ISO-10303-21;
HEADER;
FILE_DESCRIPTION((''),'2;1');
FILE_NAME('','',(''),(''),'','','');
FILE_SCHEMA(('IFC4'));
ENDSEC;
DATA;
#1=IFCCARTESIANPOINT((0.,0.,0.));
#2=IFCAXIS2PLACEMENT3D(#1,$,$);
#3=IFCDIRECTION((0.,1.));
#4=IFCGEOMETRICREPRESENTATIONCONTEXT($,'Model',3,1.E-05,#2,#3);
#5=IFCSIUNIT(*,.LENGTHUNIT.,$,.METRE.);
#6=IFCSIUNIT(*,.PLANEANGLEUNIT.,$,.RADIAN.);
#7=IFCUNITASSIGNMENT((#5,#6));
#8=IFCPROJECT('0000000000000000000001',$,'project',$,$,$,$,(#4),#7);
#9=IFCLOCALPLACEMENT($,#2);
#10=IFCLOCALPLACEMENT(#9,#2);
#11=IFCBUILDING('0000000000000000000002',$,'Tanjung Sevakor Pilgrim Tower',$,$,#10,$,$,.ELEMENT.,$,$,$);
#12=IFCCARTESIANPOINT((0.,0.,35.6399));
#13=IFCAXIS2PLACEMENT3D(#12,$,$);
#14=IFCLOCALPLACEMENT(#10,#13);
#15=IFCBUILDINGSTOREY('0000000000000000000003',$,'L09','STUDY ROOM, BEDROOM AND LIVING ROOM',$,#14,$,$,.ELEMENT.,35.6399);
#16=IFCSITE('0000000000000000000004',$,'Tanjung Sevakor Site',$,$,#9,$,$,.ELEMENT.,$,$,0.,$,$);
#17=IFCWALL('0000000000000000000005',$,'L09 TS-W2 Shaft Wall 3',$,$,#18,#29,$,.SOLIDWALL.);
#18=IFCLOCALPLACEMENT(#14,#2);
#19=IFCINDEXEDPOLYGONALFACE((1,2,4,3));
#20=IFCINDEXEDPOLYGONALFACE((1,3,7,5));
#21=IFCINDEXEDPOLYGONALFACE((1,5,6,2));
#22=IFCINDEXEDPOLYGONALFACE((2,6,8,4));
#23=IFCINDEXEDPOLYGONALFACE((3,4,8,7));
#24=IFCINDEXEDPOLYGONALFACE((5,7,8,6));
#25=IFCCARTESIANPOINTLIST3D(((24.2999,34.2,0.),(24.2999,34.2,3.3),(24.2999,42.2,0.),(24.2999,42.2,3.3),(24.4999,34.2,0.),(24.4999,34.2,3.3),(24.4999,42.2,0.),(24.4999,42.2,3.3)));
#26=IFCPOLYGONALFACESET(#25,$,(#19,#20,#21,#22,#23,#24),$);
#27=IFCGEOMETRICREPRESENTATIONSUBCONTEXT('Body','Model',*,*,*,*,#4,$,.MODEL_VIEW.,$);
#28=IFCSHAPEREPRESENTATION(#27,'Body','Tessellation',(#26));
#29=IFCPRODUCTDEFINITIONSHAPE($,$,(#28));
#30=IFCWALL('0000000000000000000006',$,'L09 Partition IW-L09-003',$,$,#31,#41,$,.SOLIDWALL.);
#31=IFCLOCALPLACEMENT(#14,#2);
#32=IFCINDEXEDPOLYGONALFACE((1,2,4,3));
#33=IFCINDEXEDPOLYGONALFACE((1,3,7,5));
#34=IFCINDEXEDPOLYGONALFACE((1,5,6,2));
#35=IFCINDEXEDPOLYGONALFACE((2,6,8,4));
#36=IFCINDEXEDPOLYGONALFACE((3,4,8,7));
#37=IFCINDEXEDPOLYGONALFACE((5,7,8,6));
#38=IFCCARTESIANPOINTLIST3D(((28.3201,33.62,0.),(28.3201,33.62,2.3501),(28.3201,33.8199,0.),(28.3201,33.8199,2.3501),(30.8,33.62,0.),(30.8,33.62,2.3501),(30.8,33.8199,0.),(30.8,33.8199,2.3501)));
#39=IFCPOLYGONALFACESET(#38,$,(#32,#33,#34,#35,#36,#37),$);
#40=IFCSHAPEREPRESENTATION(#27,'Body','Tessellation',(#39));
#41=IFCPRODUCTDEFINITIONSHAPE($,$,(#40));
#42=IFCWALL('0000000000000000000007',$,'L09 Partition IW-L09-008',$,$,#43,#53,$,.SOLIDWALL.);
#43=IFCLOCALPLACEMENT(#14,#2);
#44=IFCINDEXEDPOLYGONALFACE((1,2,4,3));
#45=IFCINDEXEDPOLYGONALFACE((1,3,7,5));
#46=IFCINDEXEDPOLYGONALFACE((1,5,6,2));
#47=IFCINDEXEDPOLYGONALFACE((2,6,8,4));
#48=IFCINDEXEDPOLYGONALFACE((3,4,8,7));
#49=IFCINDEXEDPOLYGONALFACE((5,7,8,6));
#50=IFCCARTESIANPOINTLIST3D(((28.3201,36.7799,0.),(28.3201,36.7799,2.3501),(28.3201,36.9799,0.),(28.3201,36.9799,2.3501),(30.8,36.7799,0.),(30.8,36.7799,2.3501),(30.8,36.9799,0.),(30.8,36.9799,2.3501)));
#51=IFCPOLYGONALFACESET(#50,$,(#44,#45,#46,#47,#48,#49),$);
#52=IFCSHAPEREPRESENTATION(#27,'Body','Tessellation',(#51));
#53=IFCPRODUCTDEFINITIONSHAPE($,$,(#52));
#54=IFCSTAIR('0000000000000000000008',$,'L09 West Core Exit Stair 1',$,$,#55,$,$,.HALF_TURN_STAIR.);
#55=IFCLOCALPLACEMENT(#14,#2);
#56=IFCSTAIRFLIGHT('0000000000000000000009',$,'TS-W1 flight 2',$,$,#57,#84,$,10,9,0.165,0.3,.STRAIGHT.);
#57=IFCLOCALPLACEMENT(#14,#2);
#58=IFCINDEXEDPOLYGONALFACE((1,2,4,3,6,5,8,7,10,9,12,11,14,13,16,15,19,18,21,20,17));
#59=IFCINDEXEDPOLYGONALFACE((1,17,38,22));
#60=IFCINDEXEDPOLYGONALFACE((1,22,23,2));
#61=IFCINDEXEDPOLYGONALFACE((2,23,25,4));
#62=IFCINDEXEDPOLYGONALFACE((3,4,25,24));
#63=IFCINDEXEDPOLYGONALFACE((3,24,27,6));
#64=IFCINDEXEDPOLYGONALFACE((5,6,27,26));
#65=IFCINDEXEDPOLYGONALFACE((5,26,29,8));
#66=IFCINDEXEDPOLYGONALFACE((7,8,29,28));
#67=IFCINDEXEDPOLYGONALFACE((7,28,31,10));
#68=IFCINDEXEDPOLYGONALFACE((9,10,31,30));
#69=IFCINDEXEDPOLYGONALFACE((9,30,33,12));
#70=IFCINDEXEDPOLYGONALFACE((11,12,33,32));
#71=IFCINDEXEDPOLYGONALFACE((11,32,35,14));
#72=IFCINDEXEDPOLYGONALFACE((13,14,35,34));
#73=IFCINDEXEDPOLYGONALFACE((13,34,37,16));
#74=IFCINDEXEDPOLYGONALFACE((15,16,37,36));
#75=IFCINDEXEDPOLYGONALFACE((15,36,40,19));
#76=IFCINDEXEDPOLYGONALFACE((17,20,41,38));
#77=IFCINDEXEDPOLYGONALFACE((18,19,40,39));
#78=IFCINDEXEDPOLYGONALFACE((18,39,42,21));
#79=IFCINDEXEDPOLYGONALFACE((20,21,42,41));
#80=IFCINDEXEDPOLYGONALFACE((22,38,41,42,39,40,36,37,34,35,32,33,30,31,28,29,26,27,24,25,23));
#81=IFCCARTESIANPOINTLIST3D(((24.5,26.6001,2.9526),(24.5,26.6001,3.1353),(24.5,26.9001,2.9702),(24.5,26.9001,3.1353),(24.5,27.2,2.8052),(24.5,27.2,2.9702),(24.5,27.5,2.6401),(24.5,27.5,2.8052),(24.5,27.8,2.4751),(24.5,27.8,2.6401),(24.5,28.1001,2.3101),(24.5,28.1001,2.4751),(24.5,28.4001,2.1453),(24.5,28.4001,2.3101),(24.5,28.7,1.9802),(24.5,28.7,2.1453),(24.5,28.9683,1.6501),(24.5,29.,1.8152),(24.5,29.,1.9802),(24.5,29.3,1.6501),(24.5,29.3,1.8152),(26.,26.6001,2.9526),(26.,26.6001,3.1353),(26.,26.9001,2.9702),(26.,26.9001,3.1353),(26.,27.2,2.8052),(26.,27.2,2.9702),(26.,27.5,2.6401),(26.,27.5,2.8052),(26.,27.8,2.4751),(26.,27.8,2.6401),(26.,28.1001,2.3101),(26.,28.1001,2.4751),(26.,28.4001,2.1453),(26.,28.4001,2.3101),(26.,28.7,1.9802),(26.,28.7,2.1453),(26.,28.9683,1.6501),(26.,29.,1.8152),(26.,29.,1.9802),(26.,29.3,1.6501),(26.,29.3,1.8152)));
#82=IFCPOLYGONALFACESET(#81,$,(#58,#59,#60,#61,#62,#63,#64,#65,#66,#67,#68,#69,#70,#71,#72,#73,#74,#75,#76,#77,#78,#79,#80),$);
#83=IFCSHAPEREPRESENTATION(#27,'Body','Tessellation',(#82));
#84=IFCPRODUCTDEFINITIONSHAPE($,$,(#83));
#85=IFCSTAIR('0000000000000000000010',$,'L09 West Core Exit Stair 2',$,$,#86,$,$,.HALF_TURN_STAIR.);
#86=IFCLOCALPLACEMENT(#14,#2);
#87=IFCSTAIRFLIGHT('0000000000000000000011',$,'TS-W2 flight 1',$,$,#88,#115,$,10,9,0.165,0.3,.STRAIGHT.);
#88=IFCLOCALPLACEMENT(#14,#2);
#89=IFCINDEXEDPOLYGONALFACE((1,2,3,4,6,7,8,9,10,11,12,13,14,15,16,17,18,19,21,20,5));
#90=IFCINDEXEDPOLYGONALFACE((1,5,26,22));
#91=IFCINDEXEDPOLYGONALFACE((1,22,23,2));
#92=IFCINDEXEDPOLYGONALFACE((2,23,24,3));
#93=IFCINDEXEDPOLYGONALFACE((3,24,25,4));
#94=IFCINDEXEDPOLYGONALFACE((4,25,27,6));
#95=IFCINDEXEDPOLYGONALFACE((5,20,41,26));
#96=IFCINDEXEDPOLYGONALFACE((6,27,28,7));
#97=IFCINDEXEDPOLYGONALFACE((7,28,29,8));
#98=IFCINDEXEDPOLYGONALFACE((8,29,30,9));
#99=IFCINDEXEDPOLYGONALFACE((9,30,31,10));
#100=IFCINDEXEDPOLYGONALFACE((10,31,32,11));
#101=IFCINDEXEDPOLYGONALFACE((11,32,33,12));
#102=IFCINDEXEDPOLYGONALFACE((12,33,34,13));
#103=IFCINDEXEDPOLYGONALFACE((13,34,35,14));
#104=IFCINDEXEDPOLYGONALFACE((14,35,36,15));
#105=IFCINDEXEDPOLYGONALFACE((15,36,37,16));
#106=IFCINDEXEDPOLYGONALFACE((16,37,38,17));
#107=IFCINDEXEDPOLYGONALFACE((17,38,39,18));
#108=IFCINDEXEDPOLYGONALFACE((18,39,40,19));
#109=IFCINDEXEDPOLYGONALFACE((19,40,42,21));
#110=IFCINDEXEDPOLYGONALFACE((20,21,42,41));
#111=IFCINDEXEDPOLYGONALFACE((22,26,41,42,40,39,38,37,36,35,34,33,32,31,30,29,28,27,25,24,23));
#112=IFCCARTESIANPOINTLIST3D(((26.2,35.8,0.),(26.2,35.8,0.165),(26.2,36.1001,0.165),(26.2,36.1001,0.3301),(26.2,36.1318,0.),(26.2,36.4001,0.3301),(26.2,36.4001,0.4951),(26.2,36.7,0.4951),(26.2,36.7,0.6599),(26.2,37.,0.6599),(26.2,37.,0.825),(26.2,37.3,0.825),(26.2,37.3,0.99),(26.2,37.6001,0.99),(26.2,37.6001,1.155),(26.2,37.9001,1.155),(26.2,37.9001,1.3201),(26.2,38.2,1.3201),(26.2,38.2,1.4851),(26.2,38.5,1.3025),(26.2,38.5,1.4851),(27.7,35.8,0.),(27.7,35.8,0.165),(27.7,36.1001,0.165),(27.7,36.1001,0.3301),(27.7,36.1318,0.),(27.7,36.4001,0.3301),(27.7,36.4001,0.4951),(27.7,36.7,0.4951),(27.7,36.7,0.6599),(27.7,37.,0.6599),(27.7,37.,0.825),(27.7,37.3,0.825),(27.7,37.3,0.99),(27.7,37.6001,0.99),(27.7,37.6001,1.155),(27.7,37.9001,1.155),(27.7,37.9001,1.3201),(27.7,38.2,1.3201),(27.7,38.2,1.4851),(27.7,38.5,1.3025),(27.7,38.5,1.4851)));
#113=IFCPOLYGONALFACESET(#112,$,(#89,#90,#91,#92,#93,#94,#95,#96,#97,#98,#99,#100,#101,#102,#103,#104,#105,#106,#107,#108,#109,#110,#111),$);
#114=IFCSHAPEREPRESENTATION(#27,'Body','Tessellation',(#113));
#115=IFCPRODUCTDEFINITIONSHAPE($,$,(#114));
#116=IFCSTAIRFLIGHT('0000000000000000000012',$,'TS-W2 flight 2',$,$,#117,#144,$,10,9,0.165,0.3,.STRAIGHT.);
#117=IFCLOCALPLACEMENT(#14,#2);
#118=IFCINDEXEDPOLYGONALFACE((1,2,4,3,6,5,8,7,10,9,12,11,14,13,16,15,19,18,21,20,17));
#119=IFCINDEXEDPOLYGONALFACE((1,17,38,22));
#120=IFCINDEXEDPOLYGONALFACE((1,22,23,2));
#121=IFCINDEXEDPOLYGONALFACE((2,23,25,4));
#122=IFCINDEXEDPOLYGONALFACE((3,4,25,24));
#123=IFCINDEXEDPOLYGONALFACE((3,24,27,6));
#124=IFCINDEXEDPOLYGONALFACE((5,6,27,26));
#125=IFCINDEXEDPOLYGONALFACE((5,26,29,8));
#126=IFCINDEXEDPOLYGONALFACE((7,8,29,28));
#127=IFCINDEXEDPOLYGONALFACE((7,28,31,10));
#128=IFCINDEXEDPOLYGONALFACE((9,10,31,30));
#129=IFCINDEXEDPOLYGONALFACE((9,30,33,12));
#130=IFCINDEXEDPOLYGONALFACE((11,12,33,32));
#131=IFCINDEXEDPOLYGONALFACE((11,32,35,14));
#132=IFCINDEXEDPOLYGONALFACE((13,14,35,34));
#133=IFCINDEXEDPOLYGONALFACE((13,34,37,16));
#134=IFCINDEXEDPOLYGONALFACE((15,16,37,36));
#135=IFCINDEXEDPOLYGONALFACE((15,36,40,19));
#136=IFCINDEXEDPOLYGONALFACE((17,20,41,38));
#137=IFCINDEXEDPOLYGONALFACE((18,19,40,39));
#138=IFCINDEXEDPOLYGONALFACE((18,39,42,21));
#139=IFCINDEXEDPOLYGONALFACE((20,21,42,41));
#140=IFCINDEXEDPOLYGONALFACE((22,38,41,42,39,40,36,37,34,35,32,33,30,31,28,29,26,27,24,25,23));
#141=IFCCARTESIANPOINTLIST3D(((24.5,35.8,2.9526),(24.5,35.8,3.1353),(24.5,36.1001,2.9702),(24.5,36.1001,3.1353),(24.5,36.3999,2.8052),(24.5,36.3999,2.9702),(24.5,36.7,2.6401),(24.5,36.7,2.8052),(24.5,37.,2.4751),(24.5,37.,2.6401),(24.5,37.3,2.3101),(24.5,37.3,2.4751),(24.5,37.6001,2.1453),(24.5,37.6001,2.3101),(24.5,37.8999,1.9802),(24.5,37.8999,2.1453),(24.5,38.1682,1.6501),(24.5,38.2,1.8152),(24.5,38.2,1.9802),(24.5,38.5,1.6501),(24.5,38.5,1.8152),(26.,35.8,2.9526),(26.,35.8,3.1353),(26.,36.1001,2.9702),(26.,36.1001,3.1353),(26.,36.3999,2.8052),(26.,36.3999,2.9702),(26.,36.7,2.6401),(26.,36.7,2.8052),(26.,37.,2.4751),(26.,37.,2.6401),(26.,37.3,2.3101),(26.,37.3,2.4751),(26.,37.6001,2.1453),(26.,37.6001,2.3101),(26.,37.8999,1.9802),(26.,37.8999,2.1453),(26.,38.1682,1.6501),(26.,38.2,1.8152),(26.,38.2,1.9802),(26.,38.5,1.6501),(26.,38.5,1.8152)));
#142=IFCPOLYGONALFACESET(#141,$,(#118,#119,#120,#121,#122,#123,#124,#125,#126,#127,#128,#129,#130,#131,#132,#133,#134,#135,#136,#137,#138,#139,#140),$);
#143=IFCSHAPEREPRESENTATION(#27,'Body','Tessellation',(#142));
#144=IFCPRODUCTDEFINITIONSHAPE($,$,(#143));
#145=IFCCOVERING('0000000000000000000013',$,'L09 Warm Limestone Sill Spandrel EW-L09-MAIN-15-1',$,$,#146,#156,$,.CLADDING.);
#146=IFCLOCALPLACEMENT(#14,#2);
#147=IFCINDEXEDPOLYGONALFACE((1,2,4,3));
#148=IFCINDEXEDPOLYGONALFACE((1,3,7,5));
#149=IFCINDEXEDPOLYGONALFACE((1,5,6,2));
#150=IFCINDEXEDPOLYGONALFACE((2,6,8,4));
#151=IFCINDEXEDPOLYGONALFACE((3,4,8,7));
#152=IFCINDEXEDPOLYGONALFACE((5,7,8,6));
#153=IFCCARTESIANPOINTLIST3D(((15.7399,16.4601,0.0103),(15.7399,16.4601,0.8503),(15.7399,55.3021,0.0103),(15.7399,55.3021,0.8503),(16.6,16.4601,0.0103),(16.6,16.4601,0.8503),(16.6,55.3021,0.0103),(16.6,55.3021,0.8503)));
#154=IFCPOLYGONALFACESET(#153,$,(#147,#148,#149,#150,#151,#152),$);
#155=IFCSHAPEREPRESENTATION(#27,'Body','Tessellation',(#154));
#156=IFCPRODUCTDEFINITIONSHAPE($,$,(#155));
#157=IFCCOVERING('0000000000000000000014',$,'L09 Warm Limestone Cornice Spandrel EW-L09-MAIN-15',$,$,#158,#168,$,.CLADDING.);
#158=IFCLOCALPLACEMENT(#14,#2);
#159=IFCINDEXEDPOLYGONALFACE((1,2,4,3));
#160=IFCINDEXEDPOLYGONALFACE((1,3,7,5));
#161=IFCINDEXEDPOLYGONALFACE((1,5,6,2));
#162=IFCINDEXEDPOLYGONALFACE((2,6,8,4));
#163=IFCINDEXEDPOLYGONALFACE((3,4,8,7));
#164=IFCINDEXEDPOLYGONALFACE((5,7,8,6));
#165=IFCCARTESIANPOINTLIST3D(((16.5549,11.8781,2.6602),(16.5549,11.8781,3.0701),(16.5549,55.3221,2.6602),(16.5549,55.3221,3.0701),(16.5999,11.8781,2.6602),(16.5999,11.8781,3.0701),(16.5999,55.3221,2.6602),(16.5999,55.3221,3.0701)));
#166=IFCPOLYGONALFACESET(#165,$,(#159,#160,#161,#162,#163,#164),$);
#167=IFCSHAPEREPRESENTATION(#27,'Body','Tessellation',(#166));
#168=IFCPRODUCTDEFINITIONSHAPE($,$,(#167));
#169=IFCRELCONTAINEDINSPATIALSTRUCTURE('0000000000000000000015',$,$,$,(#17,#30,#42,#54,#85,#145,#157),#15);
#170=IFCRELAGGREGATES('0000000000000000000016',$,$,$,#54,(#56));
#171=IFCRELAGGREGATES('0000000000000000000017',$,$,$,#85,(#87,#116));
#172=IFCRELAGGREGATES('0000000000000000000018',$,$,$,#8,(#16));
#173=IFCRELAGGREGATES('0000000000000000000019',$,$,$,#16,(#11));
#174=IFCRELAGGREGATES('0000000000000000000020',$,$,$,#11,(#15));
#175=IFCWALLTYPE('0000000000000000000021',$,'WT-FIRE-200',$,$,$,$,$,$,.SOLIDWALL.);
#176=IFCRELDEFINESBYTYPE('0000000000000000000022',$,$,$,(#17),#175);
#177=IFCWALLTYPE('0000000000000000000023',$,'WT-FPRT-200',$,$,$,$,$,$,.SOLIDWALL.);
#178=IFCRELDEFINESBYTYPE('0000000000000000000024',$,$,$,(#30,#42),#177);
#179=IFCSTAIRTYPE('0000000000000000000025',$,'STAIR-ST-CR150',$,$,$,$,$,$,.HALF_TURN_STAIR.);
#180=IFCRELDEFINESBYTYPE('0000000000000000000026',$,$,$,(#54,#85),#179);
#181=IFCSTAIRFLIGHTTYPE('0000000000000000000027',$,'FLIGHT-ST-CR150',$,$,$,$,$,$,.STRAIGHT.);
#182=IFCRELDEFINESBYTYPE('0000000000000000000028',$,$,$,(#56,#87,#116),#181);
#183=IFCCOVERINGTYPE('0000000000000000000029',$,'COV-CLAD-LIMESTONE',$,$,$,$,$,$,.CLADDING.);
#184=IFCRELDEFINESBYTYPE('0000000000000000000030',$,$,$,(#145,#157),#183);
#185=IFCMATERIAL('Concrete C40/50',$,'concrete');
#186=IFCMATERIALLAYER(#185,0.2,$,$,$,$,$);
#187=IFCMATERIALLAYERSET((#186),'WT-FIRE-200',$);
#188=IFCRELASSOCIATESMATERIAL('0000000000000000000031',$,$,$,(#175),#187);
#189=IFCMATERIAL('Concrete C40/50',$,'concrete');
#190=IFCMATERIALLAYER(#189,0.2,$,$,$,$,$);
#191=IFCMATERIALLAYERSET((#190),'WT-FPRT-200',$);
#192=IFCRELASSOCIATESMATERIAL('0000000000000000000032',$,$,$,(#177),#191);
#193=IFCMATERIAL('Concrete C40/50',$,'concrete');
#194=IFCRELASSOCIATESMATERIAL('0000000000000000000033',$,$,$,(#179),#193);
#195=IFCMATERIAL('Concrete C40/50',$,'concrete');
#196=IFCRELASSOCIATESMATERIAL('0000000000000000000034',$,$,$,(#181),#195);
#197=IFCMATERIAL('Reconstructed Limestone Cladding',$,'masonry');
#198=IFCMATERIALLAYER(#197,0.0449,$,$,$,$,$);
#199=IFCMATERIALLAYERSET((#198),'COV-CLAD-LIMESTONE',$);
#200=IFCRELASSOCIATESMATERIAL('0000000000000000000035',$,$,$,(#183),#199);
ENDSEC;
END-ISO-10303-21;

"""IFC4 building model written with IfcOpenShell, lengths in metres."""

from ifc_helpers import new_model, si_unit, direction, frame, frame_2d, origin, origin_2d, place, context, subcontext, project, spatial, polyline, rectangle, outline, extrude, material, layer, layer_set, type_object, element, aggregate, save


model = new_model("IFC4")

# Units and contexts
model_context = context("Model", 3, precision=1e-05, world=origin(), true_north=direction((0.0, 1.0)))
body_context = subcontext(model_context, "Body", "Model", "MODEL_VIEW")
ifc_project = project(units=[si_unit("LENGTHUNIT", "METRE"), si_unit("PLANEANGLEUNIT", "RADIAN")], contexts=[model_context])

# Site, building, storey
site_placement = place(None, origin())
site = spatial("IfcSite", under=ifc_project, at=site_placement, Name="Tanjung Sevakor Site", CompositionType="ELEMENT", RefElevation=0.0)
building_placement = place(site_placement, origin())
building = spatial("IfcBuilding", under=site, at=building_placement, Name="Tanjung Sevakor Pilgrim Tower", CompositionType="ELEMENT")
storey_placement = place(building_placement, frame((0.0, 0.0, 35.6399)))
storey = spatial("IfcBuildingStorey", under=building, at=storey_placement, Name="L09", Description="STUDY ROOM, BEDROOM AND LIVING ROOM", CompositionType="ELEMENT", Elevation=35.6399)

# Wall
ifc_material_1 = material(Name="Concrete C40/50", Category="concrete")
ifc_layer_1 = layer(ifc_material_1, 0.2)
ifc_layer_set_1 = layer_set([ifc_layer_1], Name="WT-FIRE-200")
wall_type_1 = type_object("IfcWallType", Name="WT-FIRE-200", PredefinedType="SOLIDWALL", material=ifc_layer_set_1)
wall_1_placement = place(storey_placement, frame((24.3999, 42.2, 0.0), z_axis=(0.0, 0.0, 1.0), x_axis=(0.0, -1.0, 0.0)))
element("IfcWall", 1, at=wall_1_placement, inside=storey, type_object=wall_type_1, Name="L09 TS-W2 Shaft Wall 3", PredefinedType="SOLIDWALL", context=body_context, shape_type="SweptSolid", body=[
    extrude(rectangle(XDim=8.0, YDim=0.2, at=frame_2d((4.0, 0.0))), origin(), (0.0, 0.0, 1.0), 3.3),
])

# Shared definitions
ifc_material_2 = material(Name="Concrete C40/50", Category="concrete")
ifc_layer_2 = layer(ifc_material_2, 0.2)
ifc_layer_set_2 = layer_set([ifc_layer_2], Name="WT-FPRT-200")
wall_type_2 = type_object("IfcWallType", Name="WT-FPRT-200", PredefinedType="SOLIDWALL", material=ifc_layer_set_2)

# Walls
for number, where, z_axis, x_axis, name in (
    (2, (28.3201, 33.72, 0.0), (0.0, 0.0, 1.0), (1.0, 0.0, 0.0), "L09 Partition IW-L09-003"),
    (3, (28.3201, 36.8799, 0.0), (0.0, 0.0, 1.0), (1.0, 0.0, 0.0), "L09 Partition IW-L09-008"),
):
    element("IfcWall", number, at=place(storey_placement, frame(where, z_axis=z_axis, x_axis=x_axis)), inside=storey, type_object=wall_type_2, Name=name, PredefinedType="SOLIDWALL", context=body_context, shape_type="SweptSolid", body=[
        extrude(rectangle(XDim=2.48, YDim=0.2, at=frame_2d((1.24, 0.0))), origin(), (0.0, 0.0, 1.0), 2.3501),
    ])

# Stair, stair flight
ifc_material_3 = material(Name="Concrete C40/50", Category="concrete")
stair_type = type_object("IfcStairType", Name="STAIR-ST-CR150", PredefinedType="HALF_TURN_STAIR", material=ifc_material_3)
stair_1_placement = place(storey_placement, origin())
stair_1 = element("IfcStair", 4, at=stair_1_placement, inside=storey, type_object=stair_type, Name="L09 West Core Exit Stair 1", PredefinedType="HALF_TURN_STAIR")
ifc_material_4 = material(Name="Concrete C40/50", Category="concrete")
stair_flight_type = type_object("IfcStairFlightType", Name="FLIGHT-ST-CR150", PredefinedType="STRAIGHT", material=ifc_material_4)
stair_flight_1_placement = place(storey_placement, frame((25.25, 29.3, 1.6501), z_axis=(0.0, 0.0, 1.0), x_axis=(0.0, -1.0, 0.0)))
stair_flight_1 = element("IfcStairFlight", 5, at=stair_flight_1_placement, type_object=stair_flight_type, Name="TS-W1 flight 2", NumberOfRisers=10, NumberOfTreads=9, PredefinedType="STRAIGHT", RiserHeight=0.165, TreadLength=0.3, context=body_context, shape_type="SweptSolid", body=[
    extrude(outline(polyline([(0.0, 0.0), (0.0, 0.165), (0.3, 0.165), (0.3, 0.3301), (0.6001, 0.3301), (0.6001, 0.4951), (0.8999, 0.4951), (0.8999, 0.6599), (1.2, 0.6599), (1.2, 0.825), (1.5, 0.825), (1.5, 0.99), (1.8, 0.99), (1.8, 1.155), (2.1001, 1.155), (2.1001, 1.3201), (2.3999, 1.3201), (2.3999, 1.4851), (2.7, 1.4851), (2.7, 1.6499), (2.7, 1.3025), (0.3318, 0.0), (0.0, 0.0)])), frame((0.0, 0.75, 0.0), z_axis=(0.0, -1.0, 0.0), x_axis=(1.0, 0.0, 0.0)), (0.0, 0.0, 1.0), 1.5),
])
aggregate(stair_1, [stair_flight_1])

# Stair, stair flights
stair_2_placement = place(storey_placement, origin())
stair_2 = element("IfcStair", 6, at=stair_2_placement, inside=storey, type_object=stair_type, Name="L09 West Core Exit Stair 2", PredefinedType="HALF_TURN_STAIR")
stair_flight_2_placement = place(storey_placement, frame((26.95, 35.8, 0.0), z_axis=(0.0, 0.0, 1.0), x_axis=(0.0, 1.0, 0.0)))
stair_flight_2 = element("IfcStairFlight", 7, at=stair_flight_2_placement, type_object=stair_flight_type, Name="TS-W2 flight 1", NumberOfRisers=10, NumberOfTreads=9, PredefinedType="STRAIGHT", RiserHeight=0.165, TreadLength=0.3, context=body_context, shape_type="SweptSolid", body=[
    extrude(outline(polyline([(0.0, 0.0), (0.0, 0.165), (0.3, 0.165), (0.3, 0.3301), (0.6001, 0.3301), (0.6001, 0.4951), (0.8999, 0.4951), (0.8999, 0.6599), (1.2, 0.6599), (1.2, 0.825), (1.5, 0.825), (1.5, 0.99), (1.8, 0.99), (1.8, 1.155), (2.1001, 1.155), (2.1001, 1.3201), (2.3999, 1.3201), (2.3999, 1.4851), (2.7, 1.4851), (2.7, 1.6499), (2.7, 1.3025), (0.3318, 0.0), (0.0, 0.0)])), frame((0.0, 0.75, 0.0), z_axis=(0.0, -1.0, 0.0), x_axis=(1.0, 0.0, 0.0)), (0.0, 0.0, 1.0), 1.5),
])
stair_flight_3_placement = place(storey_placement, frame((25.25, 38.5, 1.6501), z_axis=(0.0, 0.0, 1.0), x_axis=(0.0, -1.0, 0.0)))
stair_flight_3 = element("IfcStairFlight", 8, at=stair_flight_3_placement, type_object=stair_flight_type, Name="TS-W2 flight 2", NumberOfRisers=10, NumberOfTreads=9, PredefinedType="STRAIGHT", RiserHeight=0.165, TreadLength=0.3, context=body_context, shape_type="SweptSolid", body=[
    extrude(outline(polyline([(0.0, 0.0), (0.0, 0.165), (0.3, 0.165), (0.3, 0.3301), (0.6001, 0.3301), (0.6001, 0.4951), (0.8999, 0.4951), (0.8999, 0.6599), (1.2, 0.6599), (1.2, 0.825), (1.5, 0.825), (1.5, 0.99), (1.8, 0.99), (1.8, 1.155), (2.1001, 1.155), (2.1001, 1.3201), (2.3999, 1.3201), (2.3999, 1.4851), (2.7, 1.4851), (2.7, 1.6499), (2.7, 1.3025), (0.3318, 0.0), (0.0, 0.0)])), frame((0.0, 0.75, 0.0), z_axis=(0.0, -1.0, 0.0), x_axis=(1.0, 0.0, 0.0)), (0.0, 0.0, 1.0), 1.5),
])
aggregate(stair_2, [stair_flight_2, stair_flight_3])

# Coverings
ifc_material_5 = material(Name="Reconstructed Limestone Cladding", Category="masonry")
ifc_layer_3 = layer(ifc_material_5, 0.0449)
ifc_layer_set_3 = layer_set([ifc_layer_3], Name="COV-CLAD-LIMESTONE")
covering_type = type_object("IfcCoveringType", Name="COV-CLAD-LIMESTONE", PredefinedType="CLADDING", material=ifc_layer_set_3)
covering_1_placement = place(storey_placement, frame((16.1699, 35.8811, 0.0103), z_axis=(0.0, 0.0, 1.0), x_axis=(0.0, -1.0, 0.0)))
element("IfcCovering", 9, at=covering_1_placement, inside=storey, type_object=covering_type, Name="L09 Warm Limestone Sill Spandrel EW-L09-MAIN-15-1", PredefinedType="CLADDING", context=body_context, shape_type="SweptSolid", body=[
    extrude(rectangle(XDim=38.842, YDim=0.8601, at=origin_2d()), origin(), (0.0, 0.0, 1.0), 0.8401),
])
covering_2_placement = place(storey_placement, frame((16.5774, 33.6001, 2.6602), z_axis=(0.0, 0.0, 1.0), x_axis=(0.0, -1.0, 0.0)))
element("IfcCovering", 10, at=covering_2_placement, inside=storey, type_object=covering_type, Name="L09 Warm Limestone Cornice Spandrel EW-L09-MAIN-15", PredefinedType="CLADDING", context=body_context, shape_type="SweptSolid", body=[
    extrude(rectangle(XDim=43.4441, YDim=0.0449, at=origin_2d()), origin(), (0.0, 0.0, 1.0), 0.4099),
])

save(model, "model.ifc")
